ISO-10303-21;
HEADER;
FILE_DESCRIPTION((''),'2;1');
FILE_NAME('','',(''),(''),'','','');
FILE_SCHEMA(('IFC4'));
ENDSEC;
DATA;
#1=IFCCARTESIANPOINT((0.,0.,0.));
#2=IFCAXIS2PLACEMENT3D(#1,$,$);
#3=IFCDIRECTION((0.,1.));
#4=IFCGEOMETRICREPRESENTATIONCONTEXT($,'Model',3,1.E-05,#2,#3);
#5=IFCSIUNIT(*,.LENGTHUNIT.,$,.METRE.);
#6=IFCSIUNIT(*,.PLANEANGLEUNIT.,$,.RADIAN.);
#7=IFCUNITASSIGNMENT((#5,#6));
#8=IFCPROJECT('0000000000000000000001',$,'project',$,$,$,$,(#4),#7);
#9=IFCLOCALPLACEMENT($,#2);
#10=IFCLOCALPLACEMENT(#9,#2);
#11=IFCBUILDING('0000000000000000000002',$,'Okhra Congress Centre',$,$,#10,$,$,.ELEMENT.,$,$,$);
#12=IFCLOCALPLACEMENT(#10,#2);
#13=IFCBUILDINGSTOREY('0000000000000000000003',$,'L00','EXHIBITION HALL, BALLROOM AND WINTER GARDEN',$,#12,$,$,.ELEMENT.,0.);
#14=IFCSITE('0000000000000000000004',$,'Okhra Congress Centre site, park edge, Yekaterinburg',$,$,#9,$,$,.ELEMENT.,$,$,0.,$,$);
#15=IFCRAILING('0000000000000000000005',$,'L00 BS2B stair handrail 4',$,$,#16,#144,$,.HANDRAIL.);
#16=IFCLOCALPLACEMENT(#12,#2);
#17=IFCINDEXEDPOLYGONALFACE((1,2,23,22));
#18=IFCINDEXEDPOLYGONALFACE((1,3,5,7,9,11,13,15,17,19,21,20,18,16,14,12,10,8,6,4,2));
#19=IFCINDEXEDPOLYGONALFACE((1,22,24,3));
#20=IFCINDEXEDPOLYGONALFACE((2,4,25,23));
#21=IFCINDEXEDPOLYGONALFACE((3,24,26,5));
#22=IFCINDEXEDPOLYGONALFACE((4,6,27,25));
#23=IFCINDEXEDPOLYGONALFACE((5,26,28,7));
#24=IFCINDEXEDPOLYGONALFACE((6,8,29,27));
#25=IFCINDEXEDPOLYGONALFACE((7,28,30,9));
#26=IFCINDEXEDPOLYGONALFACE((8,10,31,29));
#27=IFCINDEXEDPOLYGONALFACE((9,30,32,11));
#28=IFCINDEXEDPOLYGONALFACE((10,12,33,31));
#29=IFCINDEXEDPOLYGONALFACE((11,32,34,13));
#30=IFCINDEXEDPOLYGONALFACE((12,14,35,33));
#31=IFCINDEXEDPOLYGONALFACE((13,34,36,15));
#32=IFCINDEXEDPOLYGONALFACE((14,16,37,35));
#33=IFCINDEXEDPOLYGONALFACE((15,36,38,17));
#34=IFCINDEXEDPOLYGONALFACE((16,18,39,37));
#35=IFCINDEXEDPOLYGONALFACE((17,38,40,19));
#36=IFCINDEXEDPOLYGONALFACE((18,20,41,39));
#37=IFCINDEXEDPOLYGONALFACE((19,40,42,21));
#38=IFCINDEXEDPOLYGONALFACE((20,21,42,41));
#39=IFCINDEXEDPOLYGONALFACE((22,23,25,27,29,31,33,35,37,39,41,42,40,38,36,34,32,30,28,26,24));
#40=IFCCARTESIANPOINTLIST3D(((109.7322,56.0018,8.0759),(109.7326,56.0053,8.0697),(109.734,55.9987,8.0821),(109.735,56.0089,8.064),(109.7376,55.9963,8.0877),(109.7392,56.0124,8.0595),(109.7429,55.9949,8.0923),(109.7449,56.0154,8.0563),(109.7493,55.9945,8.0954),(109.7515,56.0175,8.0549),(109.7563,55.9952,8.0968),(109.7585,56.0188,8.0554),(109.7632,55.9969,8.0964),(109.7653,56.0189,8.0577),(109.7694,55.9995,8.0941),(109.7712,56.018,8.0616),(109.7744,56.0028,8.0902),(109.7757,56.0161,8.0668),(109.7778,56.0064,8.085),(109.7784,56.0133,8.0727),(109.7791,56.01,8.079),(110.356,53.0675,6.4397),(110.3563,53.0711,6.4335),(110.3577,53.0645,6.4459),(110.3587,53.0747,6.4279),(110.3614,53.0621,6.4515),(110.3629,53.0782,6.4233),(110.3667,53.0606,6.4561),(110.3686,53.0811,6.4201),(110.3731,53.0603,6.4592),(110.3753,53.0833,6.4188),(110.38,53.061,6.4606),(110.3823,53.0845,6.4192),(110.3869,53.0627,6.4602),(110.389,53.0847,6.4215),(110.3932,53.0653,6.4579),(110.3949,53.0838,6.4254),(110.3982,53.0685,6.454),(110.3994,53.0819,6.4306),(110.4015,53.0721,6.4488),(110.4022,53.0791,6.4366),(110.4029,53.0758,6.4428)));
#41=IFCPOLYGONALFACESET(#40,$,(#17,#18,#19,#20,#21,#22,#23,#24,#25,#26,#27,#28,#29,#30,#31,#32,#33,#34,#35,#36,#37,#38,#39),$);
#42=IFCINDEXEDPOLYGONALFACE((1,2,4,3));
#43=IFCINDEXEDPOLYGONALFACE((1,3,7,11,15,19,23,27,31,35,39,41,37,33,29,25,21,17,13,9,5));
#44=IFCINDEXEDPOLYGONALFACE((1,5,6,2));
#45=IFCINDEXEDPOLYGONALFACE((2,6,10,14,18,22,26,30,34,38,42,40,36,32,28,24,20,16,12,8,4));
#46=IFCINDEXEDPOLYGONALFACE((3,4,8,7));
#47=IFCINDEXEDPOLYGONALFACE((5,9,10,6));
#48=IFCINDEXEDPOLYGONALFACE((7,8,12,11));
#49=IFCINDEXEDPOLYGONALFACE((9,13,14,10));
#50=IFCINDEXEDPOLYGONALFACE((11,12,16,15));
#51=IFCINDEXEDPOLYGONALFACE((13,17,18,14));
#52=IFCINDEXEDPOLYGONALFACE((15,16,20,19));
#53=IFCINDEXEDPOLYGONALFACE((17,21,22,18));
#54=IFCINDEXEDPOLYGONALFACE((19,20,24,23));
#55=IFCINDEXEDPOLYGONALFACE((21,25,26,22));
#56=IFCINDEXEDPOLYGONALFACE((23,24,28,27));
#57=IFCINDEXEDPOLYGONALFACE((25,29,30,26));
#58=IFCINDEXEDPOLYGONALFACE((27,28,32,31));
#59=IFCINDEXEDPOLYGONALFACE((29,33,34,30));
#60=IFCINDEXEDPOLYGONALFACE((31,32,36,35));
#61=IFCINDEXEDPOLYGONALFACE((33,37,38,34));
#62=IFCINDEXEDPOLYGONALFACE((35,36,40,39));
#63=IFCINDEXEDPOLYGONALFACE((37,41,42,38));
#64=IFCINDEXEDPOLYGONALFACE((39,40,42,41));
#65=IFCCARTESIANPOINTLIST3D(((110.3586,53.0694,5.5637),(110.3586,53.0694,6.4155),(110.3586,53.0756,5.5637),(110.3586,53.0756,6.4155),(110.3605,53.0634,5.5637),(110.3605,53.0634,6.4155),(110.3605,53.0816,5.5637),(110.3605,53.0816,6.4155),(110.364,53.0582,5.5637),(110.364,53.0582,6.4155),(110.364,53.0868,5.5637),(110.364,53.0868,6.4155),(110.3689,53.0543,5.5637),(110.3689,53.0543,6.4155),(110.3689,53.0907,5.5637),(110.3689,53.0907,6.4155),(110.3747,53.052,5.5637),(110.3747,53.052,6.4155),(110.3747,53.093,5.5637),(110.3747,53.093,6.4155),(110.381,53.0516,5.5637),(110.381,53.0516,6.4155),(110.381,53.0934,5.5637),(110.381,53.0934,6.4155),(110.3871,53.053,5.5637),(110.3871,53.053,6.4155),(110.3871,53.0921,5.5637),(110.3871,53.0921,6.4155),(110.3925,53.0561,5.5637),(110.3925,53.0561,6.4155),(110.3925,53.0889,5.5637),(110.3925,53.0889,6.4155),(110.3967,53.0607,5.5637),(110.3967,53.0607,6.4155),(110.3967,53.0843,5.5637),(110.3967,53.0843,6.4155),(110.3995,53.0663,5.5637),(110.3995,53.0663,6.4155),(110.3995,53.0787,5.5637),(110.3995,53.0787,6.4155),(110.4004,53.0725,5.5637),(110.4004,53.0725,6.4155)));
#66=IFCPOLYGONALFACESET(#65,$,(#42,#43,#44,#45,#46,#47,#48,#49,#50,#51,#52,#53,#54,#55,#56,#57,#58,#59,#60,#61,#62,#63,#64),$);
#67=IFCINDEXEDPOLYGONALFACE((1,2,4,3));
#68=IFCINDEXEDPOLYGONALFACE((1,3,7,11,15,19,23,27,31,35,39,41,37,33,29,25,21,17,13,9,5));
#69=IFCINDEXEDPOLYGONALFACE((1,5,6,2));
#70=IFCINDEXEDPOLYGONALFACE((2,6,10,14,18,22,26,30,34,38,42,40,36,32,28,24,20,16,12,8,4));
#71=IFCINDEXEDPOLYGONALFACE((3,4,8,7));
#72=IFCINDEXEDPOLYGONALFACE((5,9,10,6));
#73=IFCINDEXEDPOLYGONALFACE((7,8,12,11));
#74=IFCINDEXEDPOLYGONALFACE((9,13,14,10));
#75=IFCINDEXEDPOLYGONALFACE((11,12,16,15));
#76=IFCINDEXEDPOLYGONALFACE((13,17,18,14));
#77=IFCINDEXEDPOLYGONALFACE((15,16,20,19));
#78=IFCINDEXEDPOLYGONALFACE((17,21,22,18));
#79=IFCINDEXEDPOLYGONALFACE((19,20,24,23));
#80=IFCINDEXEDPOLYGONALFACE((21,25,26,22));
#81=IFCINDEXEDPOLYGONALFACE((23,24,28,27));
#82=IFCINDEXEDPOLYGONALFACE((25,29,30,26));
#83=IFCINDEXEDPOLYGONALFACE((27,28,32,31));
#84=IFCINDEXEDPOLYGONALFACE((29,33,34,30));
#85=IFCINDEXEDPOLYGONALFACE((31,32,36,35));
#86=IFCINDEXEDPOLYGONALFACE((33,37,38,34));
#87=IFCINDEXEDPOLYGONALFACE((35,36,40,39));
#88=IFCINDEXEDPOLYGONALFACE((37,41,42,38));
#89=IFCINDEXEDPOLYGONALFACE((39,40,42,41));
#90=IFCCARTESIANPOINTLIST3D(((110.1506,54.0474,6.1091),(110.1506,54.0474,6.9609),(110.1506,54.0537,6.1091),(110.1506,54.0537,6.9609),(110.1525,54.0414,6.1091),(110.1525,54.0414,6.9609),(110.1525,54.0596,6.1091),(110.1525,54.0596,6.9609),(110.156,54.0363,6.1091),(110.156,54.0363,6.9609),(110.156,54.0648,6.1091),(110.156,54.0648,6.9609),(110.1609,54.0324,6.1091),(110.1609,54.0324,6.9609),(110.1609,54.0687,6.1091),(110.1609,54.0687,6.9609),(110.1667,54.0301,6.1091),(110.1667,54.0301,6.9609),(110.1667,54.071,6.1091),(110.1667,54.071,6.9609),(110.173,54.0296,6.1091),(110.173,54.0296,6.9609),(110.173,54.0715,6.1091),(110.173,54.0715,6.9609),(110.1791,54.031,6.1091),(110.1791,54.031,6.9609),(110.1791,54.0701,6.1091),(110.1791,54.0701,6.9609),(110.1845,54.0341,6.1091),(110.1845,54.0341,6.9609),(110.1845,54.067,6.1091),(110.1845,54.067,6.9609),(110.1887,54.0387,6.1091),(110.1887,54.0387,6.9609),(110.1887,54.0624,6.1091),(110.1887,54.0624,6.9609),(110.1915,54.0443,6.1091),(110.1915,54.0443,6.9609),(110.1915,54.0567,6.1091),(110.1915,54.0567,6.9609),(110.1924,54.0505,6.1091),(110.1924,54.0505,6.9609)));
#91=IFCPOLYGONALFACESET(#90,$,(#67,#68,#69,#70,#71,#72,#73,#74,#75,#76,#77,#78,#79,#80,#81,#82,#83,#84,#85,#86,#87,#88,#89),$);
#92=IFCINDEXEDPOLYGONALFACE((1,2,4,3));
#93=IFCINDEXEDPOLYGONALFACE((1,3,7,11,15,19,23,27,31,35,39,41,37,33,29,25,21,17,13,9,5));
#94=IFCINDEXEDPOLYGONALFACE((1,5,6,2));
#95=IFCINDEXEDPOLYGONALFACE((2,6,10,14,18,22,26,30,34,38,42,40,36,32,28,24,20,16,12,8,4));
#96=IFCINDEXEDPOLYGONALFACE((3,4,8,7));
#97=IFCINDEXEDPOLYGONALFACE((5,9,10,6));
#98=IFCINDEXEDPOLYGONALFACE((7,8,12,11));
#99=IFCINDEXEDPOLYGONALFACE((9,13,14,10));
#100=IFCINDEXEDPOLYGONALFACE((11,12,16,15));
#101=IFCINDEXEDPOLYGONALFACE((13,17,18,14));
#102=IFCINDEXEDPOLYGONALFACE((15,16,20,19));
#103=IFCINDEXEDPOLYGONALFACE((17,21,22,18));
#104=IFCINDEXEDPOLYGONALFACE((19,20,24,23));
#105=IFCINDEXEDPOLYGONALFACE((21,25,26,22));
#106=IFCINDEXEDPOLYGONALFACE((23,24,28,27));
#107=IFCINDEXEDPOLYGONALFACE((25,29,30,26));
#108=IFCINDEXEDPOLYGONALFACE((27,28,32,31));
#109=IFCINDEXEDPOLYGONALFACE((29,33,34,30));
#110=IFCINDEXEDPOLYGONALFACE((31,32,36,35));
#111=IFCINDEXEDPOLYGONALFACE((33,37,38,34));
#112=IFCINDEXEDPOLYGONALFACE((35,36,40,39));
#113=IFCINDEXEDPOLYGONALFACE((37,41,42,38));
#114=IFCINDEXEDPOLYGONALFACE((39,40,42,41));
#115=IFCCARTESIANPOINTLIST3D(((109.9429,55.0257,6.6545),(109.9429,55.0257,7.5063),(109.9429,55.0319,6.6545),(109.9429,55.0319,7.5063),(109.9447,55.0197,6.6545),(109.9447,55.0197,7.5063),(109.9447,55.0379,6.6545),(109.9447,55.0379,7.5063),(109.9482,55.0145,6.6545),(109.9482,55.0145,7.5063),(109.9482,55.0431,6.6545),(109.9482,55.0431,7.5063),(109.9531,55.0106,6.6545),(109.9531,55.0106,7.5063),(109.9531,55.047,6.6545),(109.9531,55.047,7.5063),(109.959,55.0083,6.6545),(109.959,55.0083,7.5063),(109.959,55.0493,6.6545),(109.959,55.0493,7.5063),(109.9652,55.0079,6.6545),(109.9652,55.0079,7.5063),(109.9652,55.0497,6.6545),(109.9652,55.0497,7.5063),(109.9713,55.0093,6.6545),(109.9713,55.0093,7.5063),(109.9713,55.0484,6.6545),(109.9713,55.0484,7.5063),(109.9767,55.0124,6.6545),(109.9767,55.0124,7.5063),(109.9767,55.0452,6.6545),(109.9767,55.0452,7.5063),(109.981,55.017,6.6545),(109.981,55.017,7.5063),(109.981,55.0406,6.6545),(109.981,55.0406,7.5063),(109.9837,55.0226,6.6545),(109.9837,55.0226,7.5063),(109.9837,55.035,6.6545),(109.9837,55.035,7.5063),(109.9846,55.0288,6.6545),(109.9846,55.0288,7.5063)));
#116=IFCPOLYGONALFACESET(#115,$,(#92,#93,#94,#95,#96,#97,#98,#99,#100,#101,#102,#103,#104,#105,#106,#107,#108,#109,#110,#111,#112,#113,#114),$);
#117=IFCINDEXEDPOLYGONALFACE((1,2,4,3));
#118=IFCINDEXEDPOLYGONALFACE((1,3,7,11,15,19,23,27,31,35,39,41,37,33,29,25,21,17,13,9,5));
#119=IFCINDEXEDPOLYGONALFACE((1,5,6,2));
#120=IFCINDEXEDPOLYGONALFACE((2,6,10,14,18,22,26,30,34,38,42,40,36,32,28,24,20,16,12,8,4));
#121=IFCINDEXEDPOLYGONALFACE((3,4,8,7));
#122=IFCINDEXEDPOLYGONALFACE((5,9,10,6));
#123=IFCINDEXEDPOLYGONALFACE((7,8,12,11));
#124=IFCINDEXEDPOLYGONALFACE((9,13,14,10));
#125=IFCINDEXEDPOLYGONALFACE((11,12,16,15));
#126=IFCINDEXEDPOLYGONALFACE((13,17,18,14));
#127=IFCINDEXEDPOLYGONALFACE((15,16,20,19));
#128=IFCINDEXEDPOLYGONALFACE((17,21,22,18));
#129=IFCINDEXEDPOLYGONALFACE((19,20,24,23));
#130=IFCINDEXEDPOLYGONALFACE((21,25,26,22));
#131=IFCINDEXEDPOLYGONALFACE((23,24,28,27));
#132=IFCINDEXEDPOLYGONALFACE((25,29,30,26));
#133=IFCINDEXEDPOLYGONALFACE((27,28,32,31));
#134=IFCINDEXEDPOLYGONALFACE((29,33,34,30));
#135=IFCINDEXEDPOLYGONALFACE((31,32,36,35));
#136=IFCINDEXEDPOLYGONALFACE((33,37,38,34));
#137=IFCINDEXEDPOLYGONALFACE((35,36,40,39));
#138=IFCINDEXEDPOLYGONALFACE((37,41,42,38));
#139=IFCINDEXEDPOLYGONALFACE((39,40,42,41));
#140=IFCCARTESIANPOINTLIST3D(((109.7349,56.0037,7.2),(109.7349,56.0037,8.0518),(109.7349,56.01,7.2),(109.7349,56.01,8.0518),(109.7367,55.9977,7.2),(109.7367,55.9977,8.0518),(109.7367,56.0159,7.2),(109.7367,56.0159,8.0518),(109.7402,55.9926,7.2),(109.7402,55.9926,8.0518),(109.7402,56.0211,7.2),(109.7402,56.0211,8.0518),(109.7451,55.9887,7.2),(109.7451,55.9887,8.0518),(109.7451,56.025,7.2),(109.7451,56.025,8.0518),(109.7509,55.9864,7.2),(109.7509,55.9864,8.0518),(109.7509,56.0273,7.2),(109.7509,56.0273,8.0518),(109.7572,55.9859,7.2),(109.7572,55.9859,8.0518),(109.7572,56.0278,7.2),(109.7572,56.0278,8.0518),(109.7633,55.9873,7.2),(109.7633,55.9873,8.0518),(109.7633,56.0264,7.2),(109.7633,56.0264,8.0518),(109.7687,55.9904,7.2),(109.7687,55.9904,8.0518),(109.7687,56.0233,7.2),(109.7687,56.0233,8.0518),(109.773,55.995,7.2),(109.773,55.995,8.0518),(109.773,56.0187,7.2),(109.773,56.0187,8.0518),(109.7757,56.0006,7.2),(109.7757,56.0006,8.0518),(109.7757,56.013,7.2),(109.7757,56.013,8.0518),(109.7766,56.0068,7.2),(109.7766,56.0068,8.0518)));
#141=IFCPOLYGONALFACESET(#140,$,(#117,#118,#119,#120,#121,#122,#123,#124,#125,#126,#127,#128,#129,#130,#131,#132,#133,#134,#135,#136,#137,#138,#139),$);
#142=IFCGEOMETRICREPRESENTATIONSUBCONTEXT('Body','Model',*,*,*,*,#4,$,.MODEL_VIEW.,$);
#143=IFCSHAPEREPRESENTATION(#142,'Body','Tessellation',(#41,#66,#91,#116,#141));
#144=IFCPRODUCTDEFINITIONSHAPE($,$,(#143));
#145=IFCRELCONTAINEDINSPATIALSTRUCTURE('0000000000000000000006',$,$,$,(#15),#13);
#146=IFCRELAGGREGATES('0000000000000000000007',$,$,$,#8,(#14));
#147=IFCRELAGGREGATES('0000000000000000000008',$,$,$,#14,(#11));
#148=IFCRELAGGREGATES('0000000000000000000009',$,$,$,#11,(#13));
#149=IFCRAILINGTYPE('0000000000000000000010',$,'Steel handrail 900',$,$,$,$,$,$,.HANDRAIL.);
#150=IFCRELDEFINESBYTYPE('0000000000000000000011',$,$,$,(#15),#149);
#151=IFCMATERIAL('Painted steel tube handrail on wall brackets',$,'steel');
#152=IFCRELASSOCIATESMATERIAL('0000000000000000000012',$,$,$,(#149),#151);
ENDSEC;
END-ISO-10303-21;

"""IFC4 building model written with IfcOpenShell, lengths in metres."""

from ifc_helpers import new_model, si_unit, direction, frame, origin, origin_2d, place, context, subcontext, project, spatial, circle, extrude, material, type_object, element, save


model = new_model("IFC4")

# Units and contexts
model_context = context("Model", 3, precision=1e-05, world=origin(), true_north=direction((0.0, 1.0)))
body_context = subcontext(model_context, "Body", "Model", "MODEL_VIEW")
ifc_project = project(units=[si_unit("LENGTHUNIT", "METRE"), si_unit("PLANEANGLEUNIT", "RADIAN")], contexts=[model_context])

# Site, building, storey
site_placement = place(None, origin())
site = spatial("IfcSite", under=ifc_project, at=site_placement, Name="Okhra Congress Centre site, park edge, Yekaterinburg", CompositionType="ELEMENT", RefElevation=0.0)
building_placement = place(site_placement, origin())
building = spatial("IfcBuilding", under=site, at=building_placement, Name="Okhra Congress Centre", CompositionType="ELEMENT")
storey_placement = place(building_placement, origin())
storey = spatial("IfcBuildingStorey", under=building, at=storey_placement, Name="L00", Description="EXHIBITION HALL, BALLROOM AND WINTER GARDEN", CompositionType="ELEMENT", Elevation=0.0)

# Railing
ifc_material_1 = material(Name="Painted steel tube handrail on wall brackets", Category="steel")
railing_type_1 = type_object("IfcRailingType", Name="Steel handrail 900", PredefinedType="HANDRAIL", material=ifc_material_1)
railing_1_placement = place(storey_placement, frame((110.3794, 53.0725, 5.5637)))
element("IfcRailing", 1, at=railing_1_placement, inside=storey, type_object=railing_type_1, Name="L00 BS2B stair handrail 4", PredefinedType="HANDRAIL", context=body_context, shape_type="SweptSolid", body=[
    extrude(circle(Radius=0.0239, at=origin_2d()), frame((0.0, 0.0, 0.876), z_axis=(-0.182546, 0.858716, 0.478835), x_axis=(-0.978143, -0.207934, 0.0)), (0.0, 0.0, 1.0), 3.417),
    extrude(circle(Radius=0.021, at=origin_2d()), origin(), (0.0, 0.0, 1.0), 0.8518),
    extrude(circle(Radius=0.021, at=origin_2d()), frame((-0.208, 0.978, 0.5454)), (0.0, 0.0, 1.0), 0.8518),
    extrude(circle(Radius=0.021, at=origin_2d()), frame((-0.4158, 1.9563, 1.0908)), (0.0, 0.0, 1.0), 0.8518),
    extrude(circle(Radius=0.021, at=origin_2d()), frame((-0.6238, 2.9343, 1.6362)), (0.0, 0.0, 1.0), 0.8518),
])

save(model, "model.ifc")
